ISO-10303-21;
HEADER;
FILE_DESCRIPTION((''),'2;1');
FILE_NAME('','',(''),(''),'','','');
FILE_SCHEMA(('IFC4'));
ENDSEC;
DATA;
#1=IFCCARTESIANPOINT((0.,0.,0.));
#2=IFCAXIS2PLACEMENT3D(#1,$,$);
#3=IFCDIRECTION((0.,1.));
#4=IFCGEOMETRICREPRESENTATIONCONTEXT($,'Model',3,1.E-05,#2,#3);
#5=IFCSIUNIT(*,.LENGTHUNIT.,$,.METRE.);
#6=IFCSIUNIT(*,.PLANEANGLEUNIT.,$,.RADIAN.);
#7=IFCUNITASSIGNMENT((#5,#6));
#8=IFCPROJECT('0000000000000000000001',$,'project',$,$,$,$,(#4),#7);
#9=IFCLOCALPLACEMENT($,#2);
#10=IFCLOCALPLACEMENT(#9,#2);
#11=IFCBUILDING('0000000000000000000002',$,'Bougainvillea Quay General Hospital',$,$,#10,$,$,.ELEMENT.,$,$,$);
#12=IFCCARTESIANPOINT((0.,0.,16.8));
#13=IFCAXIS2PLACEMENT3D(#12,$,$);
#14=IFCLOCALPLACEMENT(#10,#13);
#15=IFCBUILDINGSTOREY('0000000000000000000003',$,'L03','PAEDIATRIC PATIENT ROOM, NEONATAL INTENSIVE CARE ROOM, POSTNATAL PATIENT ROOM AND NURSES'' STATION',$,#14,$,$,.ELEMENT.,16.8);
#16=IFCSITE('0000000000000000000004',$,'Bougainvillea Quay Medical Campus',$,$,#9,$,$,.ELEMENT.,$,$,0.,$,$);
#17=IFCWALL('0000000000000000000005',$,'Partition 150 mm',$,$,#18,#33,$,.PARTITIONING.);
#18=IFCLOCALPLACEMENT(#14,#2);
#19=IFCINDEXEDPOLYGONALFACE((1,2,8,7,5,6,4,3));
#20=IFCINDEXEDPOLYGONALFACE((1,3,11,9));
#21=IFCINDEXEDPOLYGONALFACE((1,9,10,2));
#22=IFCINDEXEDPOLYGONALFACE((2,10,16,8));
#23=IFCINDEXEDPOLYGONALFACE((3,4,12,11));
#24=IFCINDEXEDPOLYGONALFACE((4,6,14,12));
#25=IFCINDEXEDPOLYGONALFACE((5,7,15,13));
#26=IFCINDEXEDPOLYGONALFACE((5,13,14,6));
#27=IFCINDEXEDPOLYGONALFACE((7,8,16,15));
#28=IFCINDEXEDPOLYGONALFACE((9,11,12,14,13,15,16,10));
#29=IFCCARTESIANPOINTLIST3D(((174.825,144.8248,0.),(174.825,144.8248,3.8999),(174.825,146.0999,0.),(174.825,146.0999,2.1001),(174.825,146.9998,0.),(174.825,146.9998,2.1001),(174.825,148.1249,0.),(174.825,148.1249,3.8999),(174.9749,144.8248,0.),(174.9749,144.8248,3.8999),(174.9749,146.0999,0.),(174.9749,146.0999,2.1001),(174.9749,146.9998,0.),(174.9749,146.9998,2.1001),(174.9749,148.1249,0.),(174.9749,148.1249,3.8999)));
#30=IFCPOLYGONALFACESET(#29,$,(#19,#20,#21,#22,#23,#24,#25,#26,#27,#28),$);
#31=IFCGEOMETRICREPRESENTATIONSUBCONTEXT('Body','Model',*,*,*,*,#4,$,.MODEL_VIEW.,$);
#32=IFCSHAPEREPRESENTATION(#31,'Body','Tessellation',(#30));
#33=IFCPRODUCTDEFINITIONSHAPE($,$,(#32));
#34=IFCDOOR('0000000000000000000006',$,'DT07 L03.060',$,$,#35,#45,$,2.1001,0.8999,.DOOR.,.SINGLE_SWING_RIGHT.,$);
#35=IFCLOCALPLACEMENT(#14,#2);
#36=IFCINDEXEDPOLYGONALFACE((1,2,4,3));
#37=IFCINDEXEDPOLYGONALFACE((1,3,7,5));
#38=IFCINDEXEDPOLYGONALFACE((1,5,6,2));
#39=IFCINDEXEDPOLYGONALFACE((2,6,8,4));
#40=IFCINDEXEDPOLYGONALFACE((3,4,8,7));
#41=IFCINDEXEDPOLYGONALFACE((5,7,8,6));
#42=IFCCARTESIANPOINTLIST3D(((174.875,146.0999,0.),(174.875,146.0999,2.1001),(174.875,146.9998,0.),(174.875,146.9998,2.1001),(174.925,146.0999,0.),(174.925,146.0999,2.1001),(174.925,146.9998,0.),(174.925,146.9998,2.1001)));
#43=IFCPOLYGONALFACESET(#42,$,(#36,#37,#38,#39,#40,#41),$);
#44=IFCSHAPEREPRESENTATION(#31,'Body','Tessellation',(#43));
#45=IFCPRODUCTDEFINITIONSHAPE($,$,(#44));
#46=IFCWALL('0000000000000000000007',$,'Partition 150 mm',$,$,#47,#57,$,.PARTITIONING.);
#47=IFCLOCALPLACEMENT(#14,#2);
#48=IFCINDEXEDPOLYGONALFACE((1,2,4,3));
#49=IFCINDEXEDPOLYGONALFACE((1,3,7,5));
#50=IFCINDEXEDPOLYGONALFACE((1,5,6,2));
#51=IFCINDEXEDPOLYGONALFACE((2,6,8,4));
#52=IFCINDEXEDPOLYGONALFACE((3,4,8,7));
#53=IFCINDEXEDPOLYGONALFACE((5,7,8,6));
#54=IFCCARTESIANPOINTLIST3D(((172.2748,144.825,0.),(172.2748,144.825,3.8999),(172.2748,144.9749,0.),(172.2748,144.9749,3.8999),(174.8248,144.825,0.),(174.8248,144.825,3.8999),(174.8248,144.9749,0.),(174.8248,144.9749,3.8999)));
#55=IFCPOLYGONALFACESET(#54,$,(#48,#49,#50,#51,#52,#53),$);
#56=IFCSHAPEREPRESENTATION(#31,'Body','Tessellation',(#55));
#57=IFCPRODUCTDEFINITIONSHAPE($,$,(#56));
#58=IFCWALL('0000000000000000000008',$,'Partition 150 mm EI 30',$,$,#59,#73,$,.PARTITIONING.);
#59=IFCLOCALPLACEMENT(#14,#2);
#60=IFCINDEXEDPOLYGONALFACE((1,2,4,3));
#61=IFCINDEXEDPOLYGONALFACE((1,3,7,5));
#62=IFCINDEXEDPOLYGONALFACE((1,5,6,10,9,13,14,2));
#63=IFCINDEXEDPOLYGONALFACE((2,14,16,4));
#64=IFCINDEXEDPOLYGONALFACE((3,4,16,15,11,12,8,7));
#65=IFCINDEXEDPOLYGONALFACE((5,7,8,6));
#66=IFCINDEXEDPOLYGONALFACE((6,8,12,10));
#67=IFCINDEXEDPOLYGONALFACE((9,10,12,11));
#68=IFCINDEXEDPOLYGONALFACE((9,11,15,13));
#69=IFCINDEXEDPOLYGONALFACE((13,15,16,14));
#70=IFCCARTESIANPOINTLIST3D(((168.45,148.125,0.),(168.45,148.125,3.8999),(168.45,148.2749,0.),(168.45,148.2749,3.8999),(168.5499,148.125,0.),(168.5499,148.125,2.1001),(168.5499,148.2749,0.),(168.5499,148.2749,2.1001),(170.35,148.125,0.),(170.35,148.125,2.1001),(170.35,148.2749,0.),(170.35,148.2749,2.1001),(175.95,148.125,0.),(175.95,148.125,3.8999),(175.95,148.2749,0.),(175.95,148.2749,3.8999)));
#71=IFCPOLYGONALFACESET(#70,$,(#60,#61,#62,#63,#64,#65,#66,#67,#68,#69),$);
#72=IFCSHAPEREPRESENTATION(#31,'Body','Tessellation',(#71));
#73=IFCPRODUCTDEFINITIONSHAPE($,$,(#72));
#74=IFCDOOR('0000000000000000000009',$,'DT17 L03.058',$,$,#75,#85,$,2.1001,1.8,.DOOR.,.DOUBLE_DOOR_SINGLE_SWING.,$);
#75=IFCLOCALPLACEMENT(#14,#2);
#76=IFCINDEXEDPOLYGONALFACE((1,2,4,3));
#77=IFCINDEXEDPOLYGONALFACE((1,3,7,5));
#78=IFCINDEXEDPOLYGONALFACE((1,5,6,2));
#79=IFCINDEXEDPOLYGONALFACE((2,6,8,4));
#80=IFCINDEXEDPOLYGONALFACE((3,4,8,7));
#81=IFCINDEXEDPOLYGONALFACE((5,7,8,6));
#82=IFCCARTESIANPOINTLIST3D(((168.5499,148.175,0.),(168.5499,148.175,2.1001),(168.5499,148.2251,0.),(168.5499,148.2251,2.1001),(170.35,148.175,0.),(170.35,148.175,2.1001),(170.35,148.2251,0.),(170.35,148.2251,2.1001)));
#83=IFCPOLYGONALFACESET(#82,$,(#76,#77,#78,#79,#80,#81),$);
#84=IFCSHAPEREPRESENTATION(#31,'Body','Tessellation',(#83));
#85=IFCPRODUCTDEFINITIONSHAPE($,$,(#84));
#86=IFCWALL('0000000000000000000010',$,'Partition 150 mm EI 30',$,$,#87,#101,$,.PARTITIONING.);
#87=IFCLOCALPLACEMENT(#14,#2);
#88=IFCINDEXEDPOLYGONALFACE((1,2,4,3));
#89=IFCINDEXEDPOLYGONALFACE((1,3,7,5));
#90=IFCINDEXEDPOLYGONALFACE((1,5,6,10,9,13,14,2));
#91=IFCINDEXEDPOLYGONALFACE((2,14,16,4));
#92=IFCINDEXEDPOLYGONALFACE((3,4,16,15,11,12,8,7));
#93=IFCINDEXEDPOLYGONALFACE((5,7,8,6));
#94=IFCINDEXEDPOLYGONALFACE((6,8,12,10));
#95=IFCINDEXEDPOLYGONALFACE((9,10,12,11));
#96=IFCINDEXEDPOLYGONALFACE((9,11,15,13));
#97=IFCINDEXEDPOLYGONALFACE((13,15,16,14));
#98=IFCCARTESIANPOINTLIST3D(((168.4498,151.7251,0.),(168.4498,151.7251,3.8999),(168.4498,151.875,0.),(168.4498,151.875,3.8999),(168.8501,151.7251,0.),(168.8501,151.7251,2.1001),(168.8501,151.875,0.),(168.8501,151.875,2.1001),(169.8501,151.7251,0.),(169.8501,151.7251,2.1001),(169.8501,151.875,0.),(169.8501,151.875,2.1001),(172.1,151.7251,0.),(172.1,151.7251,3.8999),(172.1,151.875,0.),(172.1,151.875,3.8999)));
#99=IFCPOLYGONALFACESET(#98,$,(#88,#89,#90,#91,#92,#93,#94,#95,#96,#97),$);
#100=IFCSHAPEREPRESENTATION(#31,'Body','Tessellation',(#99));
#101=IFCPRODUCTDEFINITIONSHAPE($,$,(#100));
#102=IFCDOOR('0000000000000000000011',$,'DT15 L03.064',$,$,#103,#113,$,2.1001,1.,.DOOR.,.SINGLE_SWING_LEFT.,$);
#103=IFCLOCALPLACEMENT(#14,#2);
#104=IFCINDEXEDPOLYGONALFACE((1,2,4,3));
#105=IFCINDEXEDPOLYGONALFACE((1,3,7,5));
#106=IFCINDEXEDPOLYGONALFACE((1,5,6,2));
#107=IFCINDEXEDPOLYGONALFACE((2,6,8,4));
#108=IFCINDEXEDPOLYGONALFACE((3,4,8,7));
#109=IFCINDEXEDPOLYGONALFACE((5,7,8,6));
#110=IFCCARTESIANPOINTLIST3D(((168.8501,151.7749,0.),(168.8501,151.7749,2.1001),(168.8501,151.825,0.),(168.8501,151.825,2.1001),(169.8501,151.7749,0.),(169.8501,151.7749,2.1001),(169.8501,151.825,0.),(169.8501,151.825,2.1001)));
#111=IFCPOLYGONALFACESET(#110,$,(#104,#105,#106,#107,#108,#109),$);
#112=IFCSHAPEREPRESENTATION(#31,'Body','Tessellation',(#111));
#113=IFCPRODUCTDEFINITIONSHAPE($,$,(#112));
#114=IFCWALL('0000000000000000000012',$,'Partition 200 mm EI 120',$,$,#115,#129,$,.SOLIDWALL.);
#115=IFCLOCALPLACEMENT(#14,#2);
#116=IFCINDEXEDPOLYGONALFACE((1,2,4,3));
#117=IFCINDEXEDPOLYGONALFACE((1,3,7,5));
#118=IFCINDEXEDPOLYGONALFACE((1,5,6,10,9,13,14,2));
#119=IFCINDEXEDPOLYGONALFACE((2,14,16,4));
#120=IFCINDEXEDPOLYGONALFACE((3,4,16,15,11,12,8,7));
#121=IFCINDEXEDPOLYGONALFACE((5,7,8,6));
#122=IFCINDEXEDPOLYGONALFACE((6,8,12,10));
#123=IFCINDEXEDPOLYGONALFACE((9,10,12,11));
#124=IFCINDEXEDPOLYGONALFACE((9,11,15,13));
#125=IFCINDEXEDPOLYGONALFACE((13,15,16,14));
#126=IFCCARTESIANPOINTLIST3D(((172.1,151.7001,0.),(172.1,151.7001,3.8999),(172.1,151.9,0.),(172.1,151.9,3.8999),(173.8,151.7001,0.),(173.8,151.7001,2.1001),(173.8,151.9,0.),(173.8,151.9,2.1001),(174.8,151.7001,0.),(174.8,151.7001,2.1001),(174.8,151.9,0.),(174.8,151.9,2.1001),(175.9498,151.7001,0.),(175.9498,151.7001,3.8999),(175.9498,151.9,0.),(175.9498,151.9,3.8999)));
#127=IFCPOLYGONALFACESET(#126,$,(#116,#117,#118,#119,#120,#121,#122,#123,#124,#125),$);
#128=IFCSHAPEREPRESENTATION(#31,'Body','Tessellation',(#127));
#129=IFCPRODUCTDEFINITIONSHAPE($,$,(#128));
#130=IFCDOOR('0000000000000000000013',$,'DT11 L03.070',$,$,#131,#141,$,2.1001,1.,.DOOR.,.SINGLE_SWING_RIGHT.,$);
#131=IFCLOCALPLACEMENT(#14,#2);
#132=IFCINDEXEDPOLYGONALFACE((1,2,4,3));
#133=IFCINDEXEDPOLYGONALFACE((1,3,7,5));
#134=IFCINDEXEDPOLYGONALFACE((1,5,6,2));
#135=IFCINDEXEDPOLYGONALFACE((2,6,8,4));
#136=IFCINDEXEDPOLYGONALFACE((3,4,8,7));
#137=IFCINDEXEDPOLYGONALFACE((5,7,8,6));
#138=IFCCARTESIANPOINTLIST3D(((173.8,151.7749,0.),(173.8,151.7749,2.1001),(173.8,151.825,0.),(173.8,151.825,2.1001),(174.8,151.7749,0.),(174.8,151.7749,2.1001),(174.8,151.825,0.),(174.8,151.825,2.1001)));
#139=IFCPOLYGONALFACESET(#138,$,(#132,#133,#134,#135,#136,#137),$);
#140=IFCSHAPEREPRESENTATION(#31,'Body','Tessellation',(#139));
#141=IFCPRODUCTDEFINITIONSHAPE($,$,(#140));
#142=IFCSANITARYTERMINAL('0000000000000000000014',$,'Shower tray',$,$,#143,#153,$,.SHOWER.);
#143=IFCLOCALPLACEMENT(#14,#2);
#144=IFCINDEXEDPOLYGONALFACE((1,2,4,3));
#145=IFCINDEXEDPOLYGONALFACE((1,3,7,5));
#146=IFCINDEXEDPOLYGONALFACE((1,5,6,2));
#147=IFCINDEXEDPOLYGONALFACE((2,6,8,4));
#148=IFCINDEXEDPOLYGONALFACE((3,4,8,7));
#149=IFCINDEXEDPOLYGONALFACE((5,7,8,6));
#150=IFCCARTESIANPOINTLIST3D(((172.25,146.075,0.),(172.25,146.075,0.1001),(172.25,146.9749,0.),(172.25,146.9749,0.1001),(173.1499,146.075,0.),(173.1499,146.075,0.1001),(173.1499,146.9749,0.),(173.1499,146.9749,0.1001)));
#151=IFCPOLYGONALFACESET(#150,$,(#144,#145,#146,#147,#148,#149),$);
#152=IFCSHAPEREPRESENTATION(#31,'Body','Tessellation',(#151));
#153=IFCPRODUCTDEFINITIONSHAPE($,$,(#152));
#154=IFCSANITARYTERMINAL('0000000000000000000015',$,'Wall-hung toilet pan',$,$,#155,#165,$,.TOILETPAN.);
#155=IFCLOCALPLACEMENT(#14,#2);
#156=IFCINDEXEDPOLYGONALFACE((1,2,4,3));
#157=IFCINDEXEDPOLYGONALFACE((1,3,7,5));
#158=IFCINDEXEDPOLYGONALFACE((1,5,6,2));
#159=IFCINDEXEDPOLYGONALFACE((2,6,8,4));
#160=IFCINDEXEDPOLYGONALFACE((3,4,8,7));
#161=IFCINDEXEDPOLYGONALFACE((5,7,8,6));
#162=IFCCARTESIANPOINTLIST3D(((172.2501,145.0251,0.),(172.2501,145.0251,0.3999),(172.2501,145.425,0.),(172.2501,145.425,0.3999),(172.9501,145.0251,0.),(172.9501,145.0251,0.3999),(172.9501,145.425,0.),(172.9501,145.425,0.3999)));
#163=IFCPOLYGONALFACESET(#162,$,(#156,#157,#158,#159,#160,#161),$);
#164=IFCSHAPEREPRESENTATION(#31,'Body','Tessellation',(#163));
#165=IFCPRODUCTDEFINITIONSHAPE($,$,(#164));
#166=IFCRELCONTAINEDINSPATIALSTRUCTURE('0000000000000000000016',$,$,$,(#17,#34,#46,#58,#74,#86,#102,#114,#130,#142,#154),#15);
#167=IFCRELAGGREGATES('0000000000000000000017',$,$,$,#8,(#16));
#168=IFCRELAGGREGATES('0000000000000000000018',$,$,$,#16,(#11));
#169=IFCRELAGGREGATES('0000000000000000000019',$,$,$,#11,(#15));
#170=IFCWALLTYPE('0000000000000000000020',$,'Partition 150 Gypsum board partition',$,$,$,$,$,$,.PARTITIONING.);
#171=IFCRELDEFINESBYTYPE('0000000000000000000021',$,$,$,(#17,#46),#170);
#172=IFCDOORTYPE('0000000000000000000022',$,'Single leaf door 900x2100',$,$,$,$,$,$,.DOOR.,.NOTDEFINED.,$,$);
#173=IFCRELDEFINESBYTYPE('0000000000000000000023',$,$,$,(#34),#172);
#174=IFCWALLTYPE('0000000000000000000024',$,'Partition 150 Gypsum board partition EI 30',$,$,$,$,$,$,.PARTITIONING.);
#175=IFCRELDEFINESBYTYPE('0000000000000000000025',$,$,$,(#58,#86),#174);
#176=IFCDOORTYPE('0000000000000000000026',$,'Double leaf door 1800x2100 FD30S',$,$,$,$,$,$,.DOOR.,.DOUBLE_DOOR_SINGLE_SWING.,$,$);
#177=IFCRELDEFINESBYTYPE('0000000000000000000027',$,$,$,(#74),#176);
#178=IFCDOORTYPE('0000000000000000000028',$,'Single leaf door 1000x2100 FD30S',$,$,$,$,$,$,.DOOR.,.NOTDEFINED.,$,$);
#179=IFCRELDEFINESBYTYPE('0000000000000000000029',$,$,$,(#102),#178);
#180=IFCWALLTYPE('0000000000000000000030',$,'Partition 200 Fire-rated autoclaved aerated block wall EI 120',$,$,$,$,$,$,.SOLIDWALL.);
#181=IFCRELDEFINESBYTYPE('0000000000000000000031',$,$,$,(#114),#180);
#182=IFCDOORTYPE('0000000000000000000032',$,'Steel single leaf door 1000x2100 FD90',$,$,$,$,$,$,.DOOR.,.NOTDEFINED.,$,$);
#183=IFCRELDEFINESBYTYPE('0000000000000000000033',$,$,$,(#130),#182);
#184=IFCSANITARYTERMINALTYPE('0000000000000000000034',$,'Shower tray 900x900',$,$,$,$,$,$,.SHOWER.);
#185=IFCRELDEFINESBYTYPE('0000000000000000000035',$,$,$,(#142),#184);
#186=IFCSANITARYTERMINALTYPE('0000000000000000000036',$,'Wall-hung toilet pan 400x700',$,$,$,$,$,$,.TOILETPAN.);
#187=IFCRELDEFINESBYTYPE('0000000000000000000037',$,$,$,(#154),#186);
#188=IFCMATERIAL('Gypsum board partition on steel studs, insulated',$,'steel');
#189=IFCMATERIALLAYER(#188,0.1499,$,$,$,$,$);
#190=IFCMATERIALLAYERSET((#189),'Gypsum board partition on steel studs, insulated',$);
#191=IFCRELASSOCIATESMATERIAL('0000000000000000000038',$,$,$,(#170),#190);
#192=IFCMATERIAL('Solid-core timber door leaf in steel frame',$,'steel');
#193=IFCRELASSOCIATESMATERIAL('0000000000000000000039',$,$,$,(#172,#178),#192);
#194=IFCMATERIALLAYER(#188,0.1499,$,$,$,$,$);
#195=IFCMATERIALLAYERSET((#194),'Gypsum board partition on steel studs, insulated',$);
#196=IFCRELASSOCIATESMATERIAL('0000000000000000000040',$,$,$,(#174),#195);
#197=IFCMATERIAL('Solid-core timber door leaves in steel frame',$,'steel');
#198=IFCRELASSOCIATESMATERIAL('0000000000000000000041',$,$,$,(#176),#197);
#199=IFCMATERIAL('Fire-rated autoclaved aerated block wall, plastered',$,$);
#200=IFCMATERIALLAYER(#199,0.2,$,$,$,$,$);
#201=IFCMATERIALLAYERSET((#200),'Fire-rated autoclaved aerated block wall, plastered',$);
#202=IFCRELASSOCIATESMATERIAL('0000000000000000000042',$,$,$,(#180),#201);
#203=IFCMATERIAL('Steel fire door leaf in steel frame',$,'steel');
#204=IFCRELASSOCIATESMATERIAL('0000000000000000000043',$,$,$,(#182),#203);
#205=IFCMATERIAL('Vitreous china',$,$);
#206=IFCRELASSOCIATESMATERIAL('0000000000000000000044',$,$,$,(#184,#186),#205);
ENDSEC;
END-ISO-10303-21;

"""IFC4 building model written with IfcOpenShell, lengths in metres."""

from ifc_helpers import new_model, si_unit, direction, frame, frame_2d, origin, origin_2d, place, context, subcontext, project, spatial, rectangle, extrude, material, layer, layer_set, type_object, element, fill, save


model = new_model("IFC4")

# Units and contexts
model_context = context("Model", 3, precision=1e-05, world=origin(), true_north=direction((0.0, 1.0)))
body_context = subcontext(model_context, "Body", "Model", "MODEL_VIEW")
ifc_project = project(units=[si_unit("LENGTHUNIT", "METRE"), si_unit("PLANEANGLEUNIT", "RADIAN")], contexts=[model_context])

# Site, building, storey
site_placement = place(None, origin())
site = spatial("IfcSite", under=ifc_project, at=site_placement, Name="Bougainvillea Quay Medical Campus", CompositionType="ELEMENT", RefElevation=0.0)
building_placement = place(site_placement, origin())
building = spatial("IfcBuilding", under=site, at=building_placement, Name="Bougainvillea Quay General Hospital", CompositionType="ELEMENT")
storey_placement = place(building_placement, frame((0.0, 0.0, 16.8)))
storey = spatial("IfcBuildingStorey", under=building, at=storey_placement, Name="L03", Description="PAEDIATRIC PATIENT ROOM, NEONATAL INTENSIVE CARE ROOM, POSTNATAL PATIENT ROOM AND NURSES' STATION", CompositionType="ELEMENT", Elevation=16.8)

# Shared definitions
ifc_material_1 = material(Name="Gypsum board partition on steel studs, insulated", Category="steel")
ifc_layer_1 = layer(ifc_material_1, 0.1499)
ifc_layer_set_1 = layer_set([ifc_layer_1], Name="Gypsum board partition on steel studs, insulated")
wall_type_1 = type_object("IfcWallType", Name="Partition 150 Gypsum board partition", PredefinedType="PARTITIONING", material=ifc_layer_set_1)

# Wall, opening, door
wall_1_placement = place(storey_placement, frame((174.8999, 144.825, 0.0), z_axis=(0.0, 0.0, 1.0), x_axis=(0.0, 1.0, 0.0)))
wall_1 = element("IfcWall", 1, at=wall_1_placement, inside=storey, type_object=wall_type_1, Name="Partition 150 mm", PredefinedType="PARTITIONING", context=body_context, shape_type="SweptSolid", body=[
    extrude(rectangle(XDim=3.3, YDim=0.1499, at=frame_2d((1.6499, 0.0))), origin(), (0.0, 0.0, 1.0), 3.8999),
])
opening_1_placement = place(wall_1_placement, frame((1.2749, 0.0, 0.0)))
opening_1 = element("IfcOpeningElement", 2, at=opening_1_placement, cuts=wall_1, PredefinedType="OPENING", context=body_context, shape_type="SweptSolid", body=[
    extrude(rectangle(XDim=0.8999, YDim=2.1001, at=frame_2d((0.45, 1.05))), frame((0.0, 0.085, 0.0), z_axis=(0.0, -1.0, 0.0), x_axis=(1.0, 0.0, 0.0)), (0.0, 0.0, 1.0), 0.1699),
])
ifc_material_2 = material(Name="Solid-core timber door leaf in steel frame", Category="steel")
door_type_1 = type_object("IfcDoorType", Name="Single leaf door 900x2100", OperationType="NOTDEFINED", PredefinedType="DOOR", material=ifc_material_2)
door_1_placement = place(opening_1_placement, origin())
door_1 = element("IfcDoor", 3, at=door_1_placement, inside=storey, type_object=door_type_1, Name="DT07 L03.060", OperationType="SINGLE_SWING_RIGHT", OverallHeight=2.1001, OverallWidth=0.8999, PredefinedType="DOOR", context=body_context, shape_type="SweptSolid", body=[
    extrude(rectangle(XDim=0.8999, YDim=2.1001, at=frame_2d((0.45, 1.05))), frame((0.0, 0.0249, 0.0), z_axis=(0.0, -1.0, 0.0), x_axis=(1.0, 0.0, 0.0)), (0.0, 0.0, 1.0), 0.05),
])
fill(opening_1, door_1)

# Wall
wall_2_placement = place(storey_placement, frame((172.2749, 144.8999, 0.0), z_axis=(0.0, 0.0, 1.0), x_axis=(1.0, 0.0, 0.0)))
element("IfcWall", 4, at=wall_2_placement, inside=storey, type_object=wall_type_1, Name="Partition 150 mm", PredefinedType="PARTITIONING", context=body_context, shape_type="SweptSolid", body=[
    extrude(rectangle(XDim=2.55, YDim=0.1499, at=frame_2d((1.2749, 0.0))), origin(), (0.0, 0.0, 1.0), 3.8999),
])

# Walls, openings, doors
ifc_layer_2 = layer(ifc_material_1, 0.1499)
ifc_layer_set_2 = layer_set([ifc_layer_2], Name="Gypsum board partition on steel studs, insulated")
wall_type_2 = type_object("IfcWallType", Name="Partition 150 Gypsum board partition EI 30", PredefinedType="PARTITIONING", material=ifc_layer_set_2)
wall_3_placement = place(storey_placement, frame((175.95, 148.2, 0.0), z_axis=(0.0, 0.0, 1.0), x_axis=(-1.0, 0.0, 0.0)))
wall_3 = element("IfcWall", 5, at=wall_3_placement, inside=storey, type_object=wall_type_2, Name="Partition 150 mm EI 30", PredefinedType="PARTITIONING", context=body_context, shape_type="SweptSolid", body=[
    extrude(rectangle(XDim=7.5, YDim=0.1499, at=frame_2d((3.75, 0.0))), origin(), (0.0, 0.0, 1.0), 3.8999),
])
opening_2_placement = place(wall_3_placement, frame((5.6001, 0.0, 0.0)))
opening_2 = element("IfcOpeningElement", 6, at=opening_2_placement, cuts=wall_3, PredefinedType="OPENING", context=body_context, shape_type="SweptSolid", body=[
    extrude(rectangle(XDim=1.8, YDim=2.1001, at=frame_2d((0.8999, 1.05))), frame((0.0, 0.085, 0.0), z_axis=(0.0, -1.0, 0.0), x_axis=(1.0, 0.0, 0.0)), (0.0, 0.0, 1.0), 0.1699),
])
ifc_material_3 = material(Name="Solid-core timber door leaves in steel frame", Category="steel")
door_type_2 = type_object("IfcDoorType", Name="Double leaf door 1800x2100 FD30S", OperationType="DOUBLE_DOOR_SINGLE_SWING", PredefinedType="DOOR", material=ifc_material_3)
door_2_placement = place(opening_2_placement, origin())
door_2 = element("IfcDoor", 7, at=door_2_placement, inside=storey, type_object=door_type_2, Name="DT17 L03.058", OperationType="DOUBLE_DOOR_SINGLE_SWING", OverallHeight=2.1001, OverallWidth=1.8, PredefinedType="DOOR", context=body_context, shape_type="SweptSolid", body=[
    extrude(rectangle(XDim=1.8, YDim=2.1001, at=frame_2d((0.8999, 1.05))), frame((0.0, 0.0249, 0.0), z_axis=(0.0, -1.0, 0.0), x_axis=(1.0, 0.0, 0.0)), (0.0, 0.0, 1.0), 0.05),
])
fill(opening_2, door_2)
wall_4_placement = place(storey_placement, frame((172.1001, 151.8, 0.0), z_axis=(0.0, 0.0, 1.0), x_axis=(-1.0, 0.0, 0.0)))
wall_4 = element("IfcWall", 8, at=wall_4_placement, inside=storey, type_object=wall_type_2, Name="Partition 150 mm EI 30", PredefinedType="PARTITIONING", context=body_context, shape_type="SweptSolid", body=[
    extrude(rectangle(XDim=3.6501, YDim=0.1499, at=frame_2d((1.8252, 0.0))), origin(), (0.0, 0.0, 1.0), 3.8999),
])
opening_3_placement = place(wall_4_placement, frame((2.25, 0.0, 0.0)))
opening_3 = element("IfcOpeningElement", 9, at=opening_3_placement, cuts=wall_4, PredefinedType="OPENING", context=body_context, shape_type="SweptSolid", body=[
    extrude(rectangle(XDim=1.0, YDim=2.1001, at=frame_2d((0.5, 1.05))), frame((0.0, 0.085, 0.0), z_axis=(0.0, -1.0, 0.0), x_axis=(1.0, 0.0, 0.0)), (0.0, 0.0, 1.0), 0.1699),
])
door_type_3 = type_object("IfcDoorType", Name="Single leaf door 1000x2100 FD30S", OperationType="NOTDEFINED", PredefinedType="DOOR", material=ifc_material_2)
door_3_placement = place(opening_3_placement, frame((1.0, 0.0, 0.0), z_axis=(0.0, 0.0, 1.0), x_axis=(-1.0, 0.0, 0.0)))
door_3 = element("IfcDoor", 10, at=door_3_placement, inside=storey, type_object=door_type_3, Name="DT15 L03.064", OperationType="SINGLE_SWING_LEFT", OverallHeight=2.1001, OverallWidth=1.0, PredefinedType="DOOR", context=body_context, shape_type="SweptSolid", body=[
    extrude(rectangle(XDim=1.0, YDim=2.1001, at=frame_2d((0.5, 1.05))), frame((0.0, 0.0249, 0.0), z_axis=(0.0, -1.0, 0.0), x_axis=(1.0, 0.0, 0.0)), (0.0, 0.0, 1.0), 0.05),
])
fill(opening_3, door_3)
ifc_material_4 = material(Name="Fire-rated autoclaved aerated block wall, plastered")
ifc_layer_3 = layer(ifc_material_4, 0.2)
ifc_layer_set_3 = layer_set([ifc_layer_3], Name="Fire-rated autoclaved aerated block wall, plastered")
wall_type_3 = type_object("IfcWallType", Name="Partition 200 Fire-rated autoclaved aerated block wall EI 120", PredefinedType="SOLIDWALL", material=ifc_layer_set_3)
wall_5_placement = place(storey_placement, frame((172.1001, 151.8, 0.0), z_axis=(0.0, 0.0, 1.0), x_axis=(1.0, 0.0, 0.0)))
wall_5 = element("IfcWall", 11, at=wall_5_placement, inside=storey, type_object=wall_type_3, Name="Partition 200 mm EI 120", PredefinedType="SOLIDWALL", context=body_context, shape_type="SweptSolid", body=[
    extrude(rectangle(XDim=3.8499, YDim=0.2, at=frame_2d((1.9248, 0.0))), origin(), (0.0, 0.0, 1.0), 3.8999),
])
opening_4_placement = place(wall_5_placement, frame((1.7, 0.0, 0.0)))
opening_4 = element("IfcOpeningElement", 12, at=opening_4_placement, cuts=wall_5, PredefinedType="OPENING", context=body_context, shape_type="SweptSolid", body=[
    extrude(rectangle(XDim=1.0, YDim=2.1001, at=frame_2d((0.5, 1.05))), frame((0.0, 0.1099, 0.0), z_axis=(0.0, -1.0, 0.0), x_axis=(1.0, 0.0, 0.0)), (0.0, 0.0, 1.0), 0.22),
])
ifc_material_5 = material(Name="Steel fire door leaf in steel frame", Category="steel")
door_type_4 = type_object("IfcDoorType", Name="Steel single leaf door 1000x2100 FD90", OperationType="NOTDEFINED", PredefinedType="DOOR", material=ifc_material_5)
door_4_placement = place(opening_4_placement, origin())
door_4 = element("IfcDoor", 13, at=door_4_placement, inside=storey, type_object=door_type_4, Name="DT11 L03.070", OperationType="SINGLE_SWING_RIGHT", OverallHeight=2.1001, OverallWidth=1.0, PredefinedType="DOOR", context=body_context, shape_type="SweptSolid", body=[
    extrude(rectangle(XDim=1.0, YDim=2.1001, at=frame_2d((0.5, 1.05))), frame((0.0, 0.0249, 0.0), z_axis=(0.0, -1.0, 0.0), x_axis=(1.0, 0.0, 0.0)), (0.0, 0.0, 1.0), 0.05),
])
fill(opening_4, door_4)

# Sanitary terminals
ifc_material_6 = material(Name="Vitreous china")
sanitary_terminal_type_1 = type_object("IfcSanitaryTerminalType", Name="Shower tray 900x900", PredefinedType="SHOWER", material=ifc_material_6)
sanitary_terminal_1_placement = place(storey_placement, frame((172.7, 146.5249, 0.0), z_axis=(0.0, 0.0, 1.0), x_axis=(0.0, 1.0, 0.0)))
element("IfcSanitaryTerminal", 14, at=sanitary_terminal_1_placement, inside=storey, type_object=sanitary_terminal_type_1, Name="Shower tray", PredefinedType="SHOWER", context=body_context, shape_type="SweptSolid", body=[
    extrude(rectangle(XDim=0.8999, YDim=0.8999, at=origin_2d()), origin(), (0.0, 0.0, 1.0), 0.1001),
])
sanitary_terminal_type_2 = type_object("IfcSanitaryTerminalType", Name="Wall-hung toilet pan 400x700", PredefinedType="TOILETPAN", material=ifc_material_6)
sanitary_terminal_2_placement = place(storey_placement, frame((172.6001, 145.2251, 0.0), z_axis=(0.0, 0.0, 1.0), x_axis=(0.0, 1.0, 0.0)))
element("IfcSanitaryTerminal", 15, at=sanitary_terminal_2_placement, inside=storey, type_object=sanitary_terminal_type_2, Name="Wall-hung toilet pan", PredefinedType="TOILETPAN", context=body_context, shape_type="SweptSolid", body=[
    extrude(rectangle(XDim=0.3999, YDim=0.7, at=origin_2d()), origin(), (0.0, 0.0, 1.0), 0.3999),
])

save(model, "model.ifc")
